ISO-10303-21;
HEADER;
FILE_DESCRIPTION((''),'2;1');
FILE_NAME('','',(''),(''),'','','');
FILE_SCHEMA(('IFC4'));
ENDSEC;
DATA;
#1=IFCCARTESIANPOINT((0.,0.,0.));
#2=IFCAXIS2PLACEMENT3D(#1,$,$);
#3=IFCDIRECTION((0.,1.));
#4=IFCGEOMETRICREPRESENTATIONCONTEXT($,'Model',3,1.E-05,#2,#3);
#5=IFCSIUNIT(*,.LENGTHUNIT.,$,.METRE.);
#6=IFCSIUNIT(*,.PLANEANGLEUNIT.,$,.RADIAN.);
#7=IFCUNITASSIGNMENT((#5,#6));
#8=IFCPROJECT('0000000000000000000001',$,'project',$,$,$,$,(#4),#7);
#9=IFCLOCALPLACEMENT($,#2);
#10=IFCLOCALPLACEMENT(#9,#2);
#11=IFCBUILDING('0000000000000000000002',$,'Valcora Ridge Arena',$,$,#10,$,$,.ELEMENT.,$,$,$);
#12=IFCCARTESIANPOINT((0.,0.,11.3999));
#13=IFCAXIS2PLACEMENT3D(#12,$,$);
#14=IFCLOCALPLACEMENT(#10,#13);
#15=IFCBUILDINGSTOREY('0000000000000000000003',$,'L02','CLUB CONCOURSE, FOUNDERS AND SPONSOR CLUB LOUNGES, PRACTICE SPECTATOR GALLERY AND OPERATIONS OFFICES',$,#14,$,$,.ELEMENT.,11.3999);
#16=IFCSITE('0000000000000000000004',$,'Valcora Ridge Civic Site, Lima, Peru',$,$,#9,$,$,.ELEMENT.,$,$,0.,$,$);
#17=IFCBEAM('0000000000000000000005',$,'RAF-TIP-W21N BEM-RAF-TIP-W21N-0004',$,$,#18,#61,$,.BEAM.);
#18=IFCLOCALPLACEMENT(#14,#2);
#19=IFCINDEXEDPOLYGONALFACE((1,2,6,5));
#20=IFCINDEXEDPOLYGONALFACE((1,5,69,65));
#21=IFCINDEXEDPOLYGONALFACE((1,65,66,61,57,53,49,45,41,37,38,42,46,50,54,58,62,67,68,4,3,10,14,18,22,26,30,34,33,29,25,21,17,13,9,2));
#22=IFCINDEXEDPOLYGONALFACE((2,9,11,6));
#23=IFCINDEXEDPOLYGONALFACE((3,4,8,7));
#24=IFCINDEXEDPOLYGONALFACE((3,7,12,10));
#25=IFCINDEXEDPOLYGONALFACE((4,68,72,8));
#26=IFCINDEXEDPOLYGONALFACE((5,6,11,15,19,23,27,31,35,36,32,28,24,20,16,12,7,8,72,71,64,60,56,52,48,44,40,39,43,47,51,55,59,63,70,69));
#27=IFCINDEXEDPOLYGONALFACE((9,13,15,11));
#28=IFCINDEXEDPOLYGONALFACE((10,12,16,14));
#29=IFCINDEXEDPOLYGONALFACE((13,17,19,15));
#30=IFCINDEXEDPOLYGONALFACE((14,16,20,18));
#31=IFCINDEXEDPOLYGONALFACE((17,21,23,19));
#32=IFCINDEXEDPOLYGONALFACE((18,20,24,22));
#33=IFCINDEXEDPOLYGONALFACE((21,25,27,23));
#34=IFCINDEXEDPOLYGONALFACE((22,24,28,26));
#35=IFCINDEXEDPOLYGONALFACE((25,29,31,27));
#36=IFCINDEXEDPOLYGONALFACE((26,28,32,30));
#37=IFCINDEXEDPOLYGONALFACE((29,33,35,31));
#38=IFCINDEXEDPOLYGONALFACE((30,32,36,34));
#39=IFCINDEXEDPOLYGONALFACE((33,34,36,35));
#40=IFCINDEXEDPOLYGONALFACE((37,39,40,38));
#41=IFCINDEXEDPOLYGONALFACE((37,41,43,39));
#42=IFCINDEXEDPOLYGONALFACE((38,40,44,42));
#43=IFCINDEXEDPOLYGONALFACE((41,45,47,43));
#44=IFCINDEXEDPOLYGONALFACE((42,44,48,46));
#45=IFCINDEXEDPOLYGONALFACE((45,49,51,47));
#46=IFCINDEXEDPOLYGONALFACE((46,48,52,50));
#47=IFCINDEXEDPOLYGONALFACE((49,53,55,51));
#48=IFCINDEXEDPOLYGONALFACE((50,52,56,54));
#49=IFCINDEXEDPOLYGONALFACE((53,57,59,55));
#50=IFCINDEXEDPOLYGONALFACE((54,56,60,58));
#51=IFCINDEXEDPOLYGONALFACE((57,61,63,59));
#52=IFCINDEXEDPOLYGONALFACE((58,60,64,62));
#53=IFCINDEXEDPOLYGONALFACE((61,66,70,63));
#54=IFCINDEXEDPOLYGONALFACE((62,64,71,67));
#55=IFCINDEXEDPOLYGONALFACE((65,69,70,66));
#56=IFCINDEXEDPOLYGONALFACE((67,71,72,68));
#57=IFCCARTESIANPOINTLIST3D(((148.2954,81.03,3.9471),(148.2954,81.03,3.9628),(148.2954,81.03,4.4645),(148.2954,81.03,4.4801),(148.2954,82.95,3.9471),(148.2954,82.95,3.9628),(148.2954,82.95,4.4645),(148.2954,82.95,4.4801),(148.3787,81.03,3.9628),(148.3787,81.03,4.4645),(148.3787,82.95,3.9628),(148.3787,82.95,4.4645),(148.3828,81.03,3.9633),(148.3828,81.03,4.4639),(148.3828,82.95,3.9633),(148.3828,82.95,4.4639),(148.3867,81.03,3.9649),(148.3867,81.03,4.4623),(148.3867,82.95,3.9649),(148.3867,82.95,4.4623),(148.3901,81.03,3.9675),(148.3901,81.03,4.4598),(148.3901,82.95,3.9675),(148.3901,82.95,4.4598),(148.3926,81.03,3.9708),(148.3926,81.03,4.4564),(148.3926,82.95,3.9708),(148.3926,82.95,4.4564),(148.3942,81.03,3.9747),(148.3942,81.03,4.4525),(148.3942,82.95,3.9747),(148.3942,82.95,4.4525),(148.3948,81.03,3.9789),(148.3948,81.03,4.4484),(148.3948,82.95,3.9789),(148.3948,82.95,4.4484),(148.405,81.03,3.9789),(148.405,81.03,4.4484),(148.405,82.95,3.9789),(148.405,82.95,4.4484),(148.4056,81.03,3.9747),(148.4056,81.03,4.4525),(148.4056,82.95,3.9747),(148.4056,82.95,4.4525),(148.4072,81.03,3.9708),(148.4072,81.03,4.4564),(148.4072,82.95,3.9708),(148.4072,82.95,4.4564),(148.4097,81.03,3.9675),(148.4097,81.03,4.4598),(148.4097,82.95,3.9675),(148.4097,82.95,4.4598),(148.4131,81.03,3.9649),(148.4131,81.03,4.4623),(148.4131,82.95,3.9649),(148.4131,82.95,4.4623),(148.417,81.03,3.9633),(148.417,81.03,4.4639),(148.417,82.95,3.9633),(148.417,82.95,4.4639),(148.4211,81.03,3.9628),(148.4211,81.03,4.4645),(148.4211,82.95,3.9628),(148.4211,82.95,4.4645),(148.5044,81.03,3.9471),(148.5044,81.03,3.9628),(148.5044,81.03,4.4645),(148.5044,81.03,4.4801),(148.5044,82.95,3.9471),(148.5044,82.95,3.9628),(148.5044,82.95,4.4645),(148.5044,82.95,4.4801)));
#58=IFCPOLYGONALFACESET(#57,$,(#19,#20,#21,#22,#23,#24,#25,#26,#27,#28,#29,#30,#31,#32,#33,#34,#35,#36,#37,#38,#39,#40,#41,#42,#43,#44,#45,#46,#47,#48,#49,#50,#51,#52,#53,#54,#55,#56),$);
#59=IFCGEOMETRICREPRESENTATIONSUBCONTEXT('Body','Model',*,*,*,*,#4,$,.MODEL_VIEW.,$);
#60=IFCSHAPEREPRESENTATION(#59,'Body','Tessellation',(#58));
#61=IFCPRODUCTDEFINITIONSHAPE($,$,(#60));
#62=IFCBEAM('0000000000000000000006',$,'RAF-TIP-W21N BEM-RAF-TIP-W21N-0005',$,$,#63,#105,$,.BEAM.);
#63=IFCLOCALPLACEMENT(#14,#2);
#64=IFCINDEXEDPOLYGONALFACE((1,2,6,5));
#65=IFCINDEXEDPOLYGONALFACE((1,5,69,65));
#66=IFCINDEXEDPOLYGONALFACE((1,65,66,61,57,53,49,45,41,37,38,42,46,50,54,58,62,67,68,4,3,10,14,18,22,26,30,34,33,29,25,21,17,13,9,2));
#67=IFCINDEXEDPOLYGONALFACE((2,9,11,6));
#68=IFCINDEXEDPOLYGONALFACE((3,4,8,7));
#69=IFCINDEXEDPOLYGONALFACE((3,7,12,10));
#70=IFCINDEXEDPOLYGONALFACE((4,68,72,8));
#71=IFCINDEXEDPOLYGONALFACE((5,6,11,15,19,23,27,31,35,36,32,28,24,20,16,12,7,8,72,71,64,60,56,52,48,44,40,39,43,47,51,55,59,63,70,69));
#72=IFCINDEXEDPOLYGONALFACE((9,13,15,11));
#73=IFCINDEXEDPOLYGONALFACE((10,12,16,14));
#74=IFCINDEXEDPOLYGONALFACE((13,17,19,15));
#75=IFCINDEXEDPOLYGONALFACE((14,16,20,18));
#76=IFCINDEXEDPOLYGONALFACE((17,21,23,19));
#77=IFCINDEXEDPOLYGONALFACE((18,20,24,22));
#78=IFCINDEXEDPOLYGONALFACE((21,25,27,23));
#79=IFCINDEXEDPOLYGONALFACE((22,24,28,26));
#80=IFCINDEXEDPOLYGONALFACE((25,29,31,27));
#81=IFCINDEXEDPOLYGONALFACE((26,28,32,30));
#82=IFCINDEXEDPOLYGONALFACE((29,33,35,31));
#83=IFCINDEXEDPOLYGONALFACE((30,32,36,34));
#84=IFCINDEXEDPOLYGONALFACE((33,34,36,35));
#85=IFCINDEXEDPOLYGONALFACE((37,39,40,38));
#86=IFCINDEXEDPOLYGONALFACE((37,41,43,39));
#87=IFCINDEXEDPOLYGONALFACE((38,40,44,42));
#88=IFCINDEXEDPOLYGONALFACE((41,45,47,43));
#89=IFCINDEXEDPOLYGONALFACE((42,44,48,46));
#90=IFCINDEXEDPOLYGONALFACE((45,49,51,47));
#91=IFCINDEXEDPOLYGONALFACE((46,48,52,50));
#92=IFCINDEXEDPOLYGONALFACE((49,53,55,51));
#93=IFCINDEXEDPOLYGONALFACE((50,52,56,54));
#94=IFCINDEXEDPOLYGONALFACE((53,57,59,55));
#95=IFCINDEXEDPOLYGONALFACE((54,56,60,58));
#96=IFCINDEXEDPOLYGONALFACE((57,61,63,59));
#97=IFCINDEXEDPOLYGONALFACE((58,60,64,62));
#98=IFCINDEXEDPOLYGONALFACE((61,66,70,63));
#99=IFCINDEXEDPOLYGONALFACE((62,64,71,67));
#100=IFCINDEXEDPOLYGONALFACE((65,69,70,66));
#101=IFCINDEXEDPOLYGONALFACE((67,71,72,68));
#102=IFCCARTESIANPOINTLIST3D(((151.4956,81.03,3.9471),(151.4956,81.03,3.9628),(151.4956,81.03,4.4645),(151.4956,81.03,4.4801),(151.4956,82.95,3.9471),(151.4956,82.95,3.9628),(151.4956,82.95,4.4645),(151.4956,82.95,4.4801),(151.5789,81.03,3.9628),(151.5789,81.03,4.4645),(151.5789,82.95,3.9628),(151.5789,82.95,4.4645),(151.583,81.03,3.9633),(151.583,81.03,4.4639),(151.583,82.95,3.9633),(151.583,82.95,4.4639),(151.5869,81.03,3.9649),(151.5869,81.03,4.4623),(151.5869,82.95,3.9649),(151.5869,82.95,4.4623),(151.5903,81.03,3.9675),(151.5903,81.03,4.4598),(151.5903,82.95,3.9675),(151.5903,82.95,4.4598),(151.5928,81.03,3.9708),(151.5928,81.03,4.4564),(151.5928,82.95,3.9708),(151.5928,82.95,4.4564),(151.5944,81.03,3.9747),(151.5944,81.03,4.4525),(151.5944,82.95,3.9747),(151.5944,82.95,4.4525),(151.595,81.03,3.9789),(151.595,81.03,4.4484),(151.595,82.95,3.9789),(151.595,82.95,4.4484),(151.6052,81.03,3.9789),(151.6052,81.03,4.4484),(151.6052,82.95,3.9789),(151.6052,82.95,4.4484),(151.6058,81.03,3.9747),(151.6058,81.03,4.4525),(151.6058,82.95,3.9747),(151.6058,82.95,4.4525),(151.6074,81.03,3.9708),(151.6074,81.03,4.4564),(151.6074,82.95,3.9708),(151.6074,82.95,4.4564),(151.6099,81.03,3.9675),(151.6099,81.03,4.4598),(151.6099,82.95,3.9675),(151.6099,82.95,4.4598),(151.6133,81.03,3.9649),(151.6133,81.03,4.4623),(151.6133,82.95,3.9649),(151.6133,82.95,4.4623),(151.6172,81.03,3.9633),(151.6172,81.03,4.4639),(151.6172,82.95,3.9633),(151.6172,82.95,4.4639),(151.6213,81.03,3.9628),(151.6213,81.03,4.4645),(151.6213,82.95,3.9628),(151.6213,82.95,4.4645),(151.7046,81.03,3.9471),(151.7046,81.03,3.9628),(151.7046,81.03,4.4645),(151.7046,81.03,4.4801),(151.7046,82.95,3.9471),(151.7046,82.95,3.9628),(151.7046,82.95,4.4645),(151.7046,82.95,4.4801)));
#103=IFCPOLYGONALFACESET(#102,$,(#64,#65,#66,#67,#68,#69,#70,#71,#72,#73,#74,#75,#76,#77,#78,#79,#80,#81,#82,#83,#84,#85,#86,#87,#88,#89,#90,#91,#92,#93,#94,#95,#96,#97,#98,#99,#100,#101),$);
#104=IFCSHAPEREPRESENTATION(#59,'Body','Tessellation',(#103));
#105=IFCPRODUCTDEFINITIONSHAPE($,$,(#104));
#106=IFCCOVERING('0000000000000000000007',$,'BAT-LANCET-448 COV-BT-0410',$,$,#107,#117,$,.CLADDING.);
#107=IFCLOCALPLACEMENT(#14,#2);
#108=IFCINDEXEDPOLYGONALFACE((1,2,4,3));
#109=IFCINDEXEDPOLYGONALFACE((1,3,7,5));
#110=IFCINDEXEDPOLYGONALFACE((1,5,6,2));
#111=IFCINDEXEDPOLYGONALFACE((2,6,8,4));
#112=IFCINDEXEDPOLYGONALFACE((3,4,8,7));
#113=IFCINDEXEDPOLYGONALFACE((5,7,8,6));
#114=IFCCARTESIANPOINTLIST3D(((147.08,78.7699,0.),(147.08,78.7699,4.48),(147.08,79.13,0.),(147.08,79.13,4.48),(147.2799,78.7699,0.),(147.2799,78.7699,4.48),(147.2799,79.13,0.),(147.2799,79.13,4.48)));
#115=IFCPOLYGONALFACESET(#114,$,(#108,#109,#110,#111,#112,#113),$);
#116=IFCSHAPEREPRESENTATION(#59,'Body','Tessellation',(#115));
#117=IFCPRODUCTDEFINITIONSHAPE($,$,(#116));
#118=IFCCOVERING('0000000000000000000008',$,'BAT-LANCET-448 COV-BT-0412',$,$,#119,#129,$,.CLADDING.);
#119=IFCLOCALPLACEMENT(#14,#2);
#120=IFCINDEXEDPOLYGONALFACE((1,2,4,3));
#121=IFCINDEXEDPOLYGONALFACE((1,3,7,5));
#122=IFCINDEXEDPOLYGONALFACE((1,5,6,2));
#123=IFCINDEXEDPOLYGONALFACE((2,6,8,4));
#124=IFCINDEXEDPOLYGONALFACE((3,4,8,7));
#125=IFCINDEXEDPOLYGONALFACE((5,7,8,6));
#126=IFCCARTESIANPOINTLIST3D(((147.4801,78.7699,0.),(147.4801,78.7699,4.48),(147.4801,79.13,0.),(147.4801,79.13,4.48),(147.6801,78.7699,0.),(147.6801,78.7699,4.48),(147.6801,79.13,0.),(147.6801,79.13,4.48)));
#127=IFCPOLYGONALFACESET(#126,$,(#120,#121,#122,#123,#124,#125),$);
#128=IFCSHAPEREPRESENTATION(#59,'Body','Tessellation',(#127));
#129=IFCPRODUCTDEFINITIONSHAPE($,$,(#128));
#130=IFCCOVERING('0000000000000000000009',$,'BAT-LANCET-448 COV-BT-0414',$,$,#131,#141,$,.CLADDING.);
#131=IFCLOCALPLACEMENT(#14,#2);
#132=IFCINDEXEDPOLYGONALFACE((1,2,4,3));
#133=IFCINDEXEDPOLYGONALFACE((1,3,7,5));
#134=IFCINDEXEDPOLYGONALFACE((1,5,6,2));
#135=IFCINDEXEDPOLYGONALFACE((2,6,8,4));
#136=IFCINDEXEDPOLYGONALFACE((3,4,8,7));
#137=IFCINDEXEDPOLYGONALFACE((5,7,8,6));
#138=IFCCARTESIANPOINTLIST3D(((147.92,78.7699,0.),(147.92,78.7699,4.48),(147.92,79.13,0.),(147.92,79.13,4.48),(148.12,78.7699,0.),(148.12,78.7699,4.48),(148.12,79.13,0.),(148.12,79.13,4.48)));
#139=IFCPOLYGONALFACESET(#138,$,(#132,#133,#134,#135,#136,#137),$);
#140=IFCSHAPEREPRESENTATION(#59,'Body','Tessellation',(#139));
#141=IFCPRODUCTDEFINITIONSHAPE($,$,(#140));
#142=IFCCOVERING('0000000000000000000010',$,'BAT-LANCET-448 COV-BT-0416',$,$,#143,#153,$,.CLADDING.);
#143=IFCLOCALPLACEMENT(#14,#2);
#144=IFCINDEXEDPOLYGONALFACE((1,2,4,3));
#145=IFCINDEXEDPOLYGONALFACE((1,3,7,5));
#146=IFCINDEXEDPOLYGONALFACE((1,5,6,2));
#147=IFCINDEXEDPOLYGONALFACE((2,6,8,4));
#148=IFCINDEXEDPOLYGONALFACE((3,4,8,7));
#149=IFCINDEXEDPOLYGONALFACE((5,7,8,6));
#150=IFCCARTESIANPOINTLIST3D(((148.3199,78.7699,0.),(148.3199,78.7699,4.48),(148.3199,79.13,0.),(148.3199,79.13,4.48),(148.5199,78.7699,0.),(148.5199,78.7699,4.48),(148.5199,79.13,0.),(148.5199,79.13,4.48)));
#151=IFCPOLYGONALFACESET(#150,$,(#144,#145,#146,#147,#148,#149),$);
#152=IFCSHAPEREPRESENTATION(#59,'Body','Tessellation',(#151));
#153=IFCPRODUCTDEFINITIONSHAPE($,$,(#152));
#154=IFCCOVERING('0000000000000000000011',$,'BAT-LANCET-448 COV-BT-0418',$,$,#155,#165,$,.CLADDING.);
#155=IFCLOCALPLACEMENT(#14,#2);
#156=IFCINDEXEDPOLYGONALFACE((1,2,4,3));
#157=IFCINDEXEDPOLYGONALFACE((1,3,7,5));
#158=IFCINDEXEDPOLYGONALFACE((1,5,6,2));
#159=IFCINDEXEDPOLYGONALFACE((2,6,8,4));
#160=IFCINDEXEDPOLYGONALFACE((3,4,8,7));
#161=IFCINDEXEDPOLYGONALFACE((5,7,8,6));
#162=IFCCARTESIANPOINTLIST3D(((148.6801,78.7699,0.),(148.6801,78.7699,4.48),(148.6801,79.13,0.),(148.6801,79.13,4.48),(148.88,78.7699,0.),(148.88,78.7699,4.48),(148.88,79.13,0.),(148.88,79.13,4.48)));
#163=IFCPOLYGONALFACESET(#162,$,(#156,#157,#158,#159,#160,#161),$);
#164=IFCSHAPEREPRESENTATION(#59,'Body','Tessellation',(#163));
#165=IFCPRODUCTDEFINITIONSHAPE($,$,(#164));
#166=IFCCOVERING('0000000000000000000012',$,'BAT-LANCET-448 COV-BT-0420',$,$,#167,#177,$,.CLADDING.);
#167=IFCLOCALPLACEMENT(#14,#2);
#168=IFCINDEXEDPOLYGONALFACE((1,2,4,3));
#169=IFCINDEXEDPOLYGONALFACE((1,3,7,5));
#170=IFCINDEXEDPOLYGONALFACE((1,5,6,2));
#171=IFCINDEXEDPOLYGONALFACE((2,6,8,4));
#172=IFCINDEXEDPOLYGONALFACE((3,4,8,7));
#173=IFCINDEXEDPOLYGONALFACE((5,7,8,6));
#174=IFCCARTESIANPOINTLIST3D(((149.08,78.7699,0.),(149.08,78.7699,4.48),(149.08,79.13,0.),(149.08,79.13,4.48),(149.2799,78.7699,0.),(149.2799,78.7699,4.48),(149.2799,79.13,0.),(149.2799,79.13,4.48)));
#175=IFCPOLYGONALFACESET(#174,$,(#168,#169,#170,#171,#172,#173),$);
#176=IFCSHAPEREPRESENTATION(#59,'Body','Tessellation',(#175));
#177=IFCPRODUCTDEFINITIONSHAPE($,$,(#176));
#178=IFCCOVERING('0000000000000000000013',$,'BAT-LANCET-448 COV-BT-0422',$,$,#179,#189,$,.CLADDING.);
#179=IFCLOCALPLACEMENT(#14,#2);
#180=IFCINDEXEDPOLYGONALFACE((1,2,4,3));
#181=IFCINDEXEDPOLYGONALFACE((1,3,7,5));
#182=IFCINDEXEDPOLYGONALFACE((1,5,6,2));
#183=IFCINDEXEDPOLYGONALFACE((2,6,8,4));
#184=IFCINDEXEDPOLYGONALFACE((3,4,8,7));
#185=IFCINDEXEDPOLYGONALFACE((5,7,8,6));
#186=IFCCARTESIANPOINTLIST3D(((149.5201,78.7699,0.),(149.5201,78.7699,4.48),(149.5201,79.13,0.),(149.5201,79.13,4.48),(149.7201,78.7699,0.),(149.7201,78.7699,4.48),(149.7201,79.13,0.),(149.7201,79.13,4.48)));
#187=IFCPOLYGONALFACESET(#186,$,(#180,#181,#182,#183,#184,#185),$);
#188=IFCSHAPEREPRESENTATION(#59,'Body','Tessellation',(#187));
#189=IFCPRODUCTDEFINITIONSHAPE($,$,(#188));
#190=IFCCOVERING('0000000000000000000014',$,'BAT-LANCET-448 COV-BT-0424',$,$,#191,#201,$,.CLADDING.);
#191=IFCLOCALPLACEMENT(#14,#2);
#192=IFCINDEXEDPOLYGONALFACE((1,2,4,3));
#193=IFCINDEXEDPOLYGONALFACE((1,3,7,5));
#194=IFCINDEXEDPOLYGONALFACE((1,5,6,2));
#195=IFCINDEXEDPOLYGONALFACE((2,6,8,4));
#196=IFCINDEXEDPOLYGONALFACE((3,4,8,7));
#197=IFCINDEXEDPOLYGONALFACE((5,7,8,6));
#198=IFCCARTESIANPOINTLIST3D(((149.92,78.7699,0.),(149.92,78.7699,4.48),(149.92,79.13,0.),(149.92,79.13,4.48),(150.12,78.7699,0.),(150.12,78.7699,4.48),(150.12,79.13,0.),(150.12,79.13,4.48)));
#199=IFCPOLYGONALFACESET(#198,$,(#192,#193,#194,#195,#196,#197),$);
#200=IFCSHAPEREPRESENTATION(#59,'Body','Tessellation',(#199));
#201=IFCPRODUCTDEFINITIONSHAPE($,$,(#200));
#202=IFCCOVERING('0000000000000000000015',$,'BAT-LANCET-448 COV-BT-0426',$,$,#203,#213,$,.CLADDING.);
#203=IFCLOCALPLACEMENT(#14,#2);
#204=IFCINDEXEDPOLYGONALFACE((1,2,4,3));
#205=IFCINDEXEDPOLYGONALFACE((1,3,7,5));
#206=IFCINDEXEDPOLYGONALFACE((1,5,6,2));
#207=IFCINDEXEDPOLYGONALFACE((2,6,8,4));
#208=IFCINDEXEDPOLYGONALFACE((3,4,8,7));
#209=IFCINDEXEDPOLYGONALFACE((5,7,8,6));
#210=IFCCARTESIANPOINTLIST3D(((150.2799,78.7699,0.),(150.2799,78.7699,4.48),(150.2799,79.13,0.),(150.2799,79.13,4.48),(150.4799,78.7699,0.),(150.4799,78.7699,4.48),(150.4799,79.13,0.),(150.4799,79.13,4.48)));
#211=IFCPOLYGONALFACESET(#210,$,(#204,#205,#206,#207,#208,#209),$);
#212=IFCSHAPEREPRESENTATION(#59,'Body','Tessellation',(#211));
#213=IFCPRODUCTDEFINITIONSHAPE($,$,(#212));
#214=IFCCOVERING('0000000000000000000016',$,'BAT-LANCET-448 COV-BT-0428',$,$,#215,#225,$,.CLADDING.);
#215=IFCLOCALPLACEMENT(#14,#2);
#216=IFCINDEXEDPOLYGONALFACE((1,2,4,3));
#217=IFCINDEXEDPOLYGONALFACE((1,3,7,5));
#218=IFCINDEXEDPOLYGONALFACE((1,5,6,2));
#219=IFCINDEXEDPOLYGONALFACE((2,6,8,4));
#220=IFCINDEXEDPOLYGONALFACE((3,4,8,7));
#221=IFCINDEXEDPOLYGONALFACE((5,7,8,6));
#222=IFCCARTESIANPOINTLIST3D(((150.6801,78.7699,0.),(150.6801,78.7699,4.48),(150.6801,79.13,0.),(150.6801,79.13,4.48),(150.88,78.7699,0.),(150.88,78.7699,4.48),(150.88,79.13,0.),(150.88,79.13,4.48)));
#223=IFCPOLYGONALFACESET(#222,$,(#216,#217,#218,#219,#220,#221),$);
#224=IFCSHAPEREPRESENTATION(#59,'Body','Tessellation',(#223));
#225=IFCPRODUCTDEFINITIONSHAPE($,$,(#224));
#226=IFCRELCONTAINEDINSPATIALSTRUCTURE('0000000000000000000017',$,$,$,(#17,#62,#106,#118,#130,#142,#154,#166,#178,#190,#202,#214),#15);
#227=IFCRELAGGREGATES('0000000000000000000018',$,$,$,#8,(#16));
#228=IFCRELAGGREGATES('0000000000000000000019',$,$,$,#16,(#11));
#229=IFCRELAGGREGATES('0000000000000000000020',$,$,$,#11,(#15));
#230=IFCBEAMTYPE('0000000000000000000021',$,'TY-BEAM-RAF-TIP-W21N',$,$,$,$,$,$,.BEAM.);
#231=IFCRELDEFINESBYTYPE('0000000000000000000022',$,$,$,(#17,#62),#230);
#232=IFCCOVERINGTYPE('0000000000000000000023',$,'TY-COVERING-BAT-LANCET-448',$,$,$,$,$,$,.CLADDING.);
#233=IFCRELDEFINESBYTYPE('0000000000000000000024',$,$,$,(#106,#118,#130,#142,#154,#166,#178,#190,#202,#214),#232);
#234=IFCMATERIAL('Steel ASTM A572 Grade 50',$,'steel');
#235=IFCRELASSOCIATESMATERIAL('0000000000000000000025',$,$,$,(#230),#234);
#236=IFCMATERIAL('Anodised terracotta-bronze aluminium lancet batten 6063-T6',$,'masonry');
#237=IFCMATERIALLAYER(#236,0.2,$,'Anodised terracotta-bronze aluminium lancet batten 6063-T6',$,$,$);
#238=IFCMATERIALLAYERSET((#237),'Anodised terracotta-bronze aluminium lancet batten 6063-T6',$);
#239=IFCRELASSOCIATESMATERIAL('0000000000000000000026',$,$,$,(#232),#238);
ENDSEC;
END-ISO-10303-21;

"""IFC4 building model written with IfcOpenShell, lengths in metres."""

from ifc_helpers import new_model, si_unit, direction, frame, origin, origin_2d, place, context, subcontext, project, spatial, rectangle, i_section, extrude, material, layer, layer_set, material_profile, profile_set, type_object, element, save


model = new_model("IFC4")

# Units and contexts
model_context = context("Model", 3, precision=1e-05, world=origin(), true_north=direction((0.0, 1.0)))
body_context = subcontext(model_context, "Body", "Model", "MODEL_VIEW")
ifc_project = project(units=[si_unit("LENGTHUNIT", "METRE"), si_unit("PLANEANGLEUNIT", "RADIAN")], contexts=[model_context])

# Site, building, storey
site_placement = place(None, origin())
site = spatial("IfcSite", under=ifc_project, at=site_placement, Name="Valcora Ridge Civic Site, Lima, Peru", CompositionType="ELEMENT", RefElevation=0.0)
building_placement = place(site_placement, origin())
building = spatial("IfcBuilding", under=site, at=building_placement, Name="Valcora Ridge Arena", CompositionType="ELEMENT")
storey_placement = place(building_placement, frame((0.0, 0.0, 11.3999)))
storey = spatial("IfcBuildingStorey", under=building, at=storey_placement, Name="L02", Description="CLUB CONCOURSE, FOUNDERS AND SPONSOR CLUB LOUNGES, PRACTICE SPECTATOR GALLERY AND OPERATIONS OFFICES", CompositionType="ELEMENT", Elevation=11.3999)

# Beams
ifc_material_1 = material(Name="Steel ASTM A572 Grade 50", Category="steel")
ifc_material_profile_1 = material_profile(ifc_material_1, i_section(OverallWidth=0.209, OverallDepth=0.533, WebThickness=0.0103, FlangeThickness=0.0156, FilletRadius=0.0161, at=origin_2d()), Name="W21X62")
ifc_profile_set_1 = profile_set([ifc_material_profile_1], Name="Steel ASTM A572 Grade 50")
beam_type = type_object("IfcBeamType", Name="TY-BEAM-RAF-TIP-W21N", PredefinedType="BEAM", material=ifc_profile_set_1)
for number, where, z_axis, x_axis, name in (
    (1, (148.3999, 81.03, 4.2136), (0.0, 1.0, 0.0), (-1.0, 0.0, 0.0), "RAF-TIP-W21N BEM-RAF-TIP-W21N-0004"),
    (2, (151.6001, 81.03, 4.2136), (0.0, 1.0, 0.0), (-1.0, 0.0, 0.0), "RAF-TIP-W21N BEM-RAF-TIP-W21N-0005"),
):
    element("IfcBeam", number, at=place(storey_placement, frame(where, z_axis=z_axis, x_axis=x_axis)), inside=storey, type_object=beam_type, Name=name, PredefinedType="BEAM", context=body_context, shape_type="SweptSolid", body=[
        extrude(i_section(OverallWidth=0.209, OverallDepth=0.533, WebThickness=0.0103, FlangeThickness=0.0156, FilletRadius=0.0161, at=origin_2d()), origin(), (0.0, 0.0, 1.0), 1.9199),
    ])

# Coverings
ifc_material_2 = material(Name="Anodised terracotta-bronze aluminium lancet batten 6063-T6", Category="masonry")
ifc_layer_1 = layer(ifc_material_2, 0.2, Name="Anodised terracotta-bronze aluminium lancet batten 6063-T6")
ifc_layer_set_1 = layer_set([ifc_layer_1], Name="Anodised terracotta-bronze aluminium lancet batten 6063-T6")
covering_type = type_object("IfcCoveringType", Name="TY-COVERING-BAT-LANCET-448", PredefinedType="CLADDING", material=ifc_layer_set_1)
for number, where, z_axis, x_axis, name in (
    (3, (147.1799, 78.95, 0.0), (0.0, 0.0, 1.0), (1.0, 0.0, 0.0), "BAT-LANCET-448 COV-BT-0410"),
    (4, (147.5801, 78.95, 0.0), (0.0, 0.0, 1.0), (1.0, 0.0, 0.0), "BAT-LANCET-448 COV-BT-0412"),
    (5, (148.02, 78.95, 0.0), (0.0, 0.0, 1.0), (1.0, 0.0, 0.0), "BAT-LANCET-448 COV-BT-0414"),
    (6, (148.4199, 78.95, 0.0), (0.0, 0.0, 1.0), (1.0, 0.0, 0.0), "BAT-LANCET-448 COV-BT-0416"),
    (7, (148.78, 78.95, 0.0), (0.0, 0.0, 1.0), (1.0, 0.0, 0.0), "BAT-LANCET-448 COV-BT-0418"),
    (8, (149.1799, 78.95, 0.0), (0.0, 0.0, 1.0), (1.0, 0.0, 0.0), "BAT-LANCET-448 COV-BT-0420"),
    (9, (149.6201, 78.95, 0.0), (0.0, 0.0, 1.0), (1.0, 0.0, 0.0), "BAT-LANCET-448 COV-BT-0422"),
    (10, (150.02, 78.95, 0.0), (0.0, 0.0, 1.0), (1.0, 0.0, 0.0), "BAT-LANCET-448 COV-BT-0424"),
    (11, (150.3799, 78.95, 0.0), (0.0, 0.0, 1.0), (1.0, 0.0, 0.0), "BAT-LANCET-448 COV-BT-0426"),
    (12, (150.78, 78.95, 0.0), (0.0, 0.0, 1.0), (1.0, 0.0, 0.0), "BAT-LANCET-448 COV-BT-0428"),
):
    element("IfcCovering", number, at=place(storey_placement, frame(where, z_axis=z_axis, x_axis=x_axis)), inside=storey, type_object=covering_type, Name=name, PredefinedType="CLADDING", context=body_context, shape_type="SweptSolid", body=[
        extrude(rectangle(XDim=0.2, YDim=0.3601, at=origin_2d()), origin(), (0.0, 0.0, 1.0), 4.48),
    ])

save(model, "model.ifc")
